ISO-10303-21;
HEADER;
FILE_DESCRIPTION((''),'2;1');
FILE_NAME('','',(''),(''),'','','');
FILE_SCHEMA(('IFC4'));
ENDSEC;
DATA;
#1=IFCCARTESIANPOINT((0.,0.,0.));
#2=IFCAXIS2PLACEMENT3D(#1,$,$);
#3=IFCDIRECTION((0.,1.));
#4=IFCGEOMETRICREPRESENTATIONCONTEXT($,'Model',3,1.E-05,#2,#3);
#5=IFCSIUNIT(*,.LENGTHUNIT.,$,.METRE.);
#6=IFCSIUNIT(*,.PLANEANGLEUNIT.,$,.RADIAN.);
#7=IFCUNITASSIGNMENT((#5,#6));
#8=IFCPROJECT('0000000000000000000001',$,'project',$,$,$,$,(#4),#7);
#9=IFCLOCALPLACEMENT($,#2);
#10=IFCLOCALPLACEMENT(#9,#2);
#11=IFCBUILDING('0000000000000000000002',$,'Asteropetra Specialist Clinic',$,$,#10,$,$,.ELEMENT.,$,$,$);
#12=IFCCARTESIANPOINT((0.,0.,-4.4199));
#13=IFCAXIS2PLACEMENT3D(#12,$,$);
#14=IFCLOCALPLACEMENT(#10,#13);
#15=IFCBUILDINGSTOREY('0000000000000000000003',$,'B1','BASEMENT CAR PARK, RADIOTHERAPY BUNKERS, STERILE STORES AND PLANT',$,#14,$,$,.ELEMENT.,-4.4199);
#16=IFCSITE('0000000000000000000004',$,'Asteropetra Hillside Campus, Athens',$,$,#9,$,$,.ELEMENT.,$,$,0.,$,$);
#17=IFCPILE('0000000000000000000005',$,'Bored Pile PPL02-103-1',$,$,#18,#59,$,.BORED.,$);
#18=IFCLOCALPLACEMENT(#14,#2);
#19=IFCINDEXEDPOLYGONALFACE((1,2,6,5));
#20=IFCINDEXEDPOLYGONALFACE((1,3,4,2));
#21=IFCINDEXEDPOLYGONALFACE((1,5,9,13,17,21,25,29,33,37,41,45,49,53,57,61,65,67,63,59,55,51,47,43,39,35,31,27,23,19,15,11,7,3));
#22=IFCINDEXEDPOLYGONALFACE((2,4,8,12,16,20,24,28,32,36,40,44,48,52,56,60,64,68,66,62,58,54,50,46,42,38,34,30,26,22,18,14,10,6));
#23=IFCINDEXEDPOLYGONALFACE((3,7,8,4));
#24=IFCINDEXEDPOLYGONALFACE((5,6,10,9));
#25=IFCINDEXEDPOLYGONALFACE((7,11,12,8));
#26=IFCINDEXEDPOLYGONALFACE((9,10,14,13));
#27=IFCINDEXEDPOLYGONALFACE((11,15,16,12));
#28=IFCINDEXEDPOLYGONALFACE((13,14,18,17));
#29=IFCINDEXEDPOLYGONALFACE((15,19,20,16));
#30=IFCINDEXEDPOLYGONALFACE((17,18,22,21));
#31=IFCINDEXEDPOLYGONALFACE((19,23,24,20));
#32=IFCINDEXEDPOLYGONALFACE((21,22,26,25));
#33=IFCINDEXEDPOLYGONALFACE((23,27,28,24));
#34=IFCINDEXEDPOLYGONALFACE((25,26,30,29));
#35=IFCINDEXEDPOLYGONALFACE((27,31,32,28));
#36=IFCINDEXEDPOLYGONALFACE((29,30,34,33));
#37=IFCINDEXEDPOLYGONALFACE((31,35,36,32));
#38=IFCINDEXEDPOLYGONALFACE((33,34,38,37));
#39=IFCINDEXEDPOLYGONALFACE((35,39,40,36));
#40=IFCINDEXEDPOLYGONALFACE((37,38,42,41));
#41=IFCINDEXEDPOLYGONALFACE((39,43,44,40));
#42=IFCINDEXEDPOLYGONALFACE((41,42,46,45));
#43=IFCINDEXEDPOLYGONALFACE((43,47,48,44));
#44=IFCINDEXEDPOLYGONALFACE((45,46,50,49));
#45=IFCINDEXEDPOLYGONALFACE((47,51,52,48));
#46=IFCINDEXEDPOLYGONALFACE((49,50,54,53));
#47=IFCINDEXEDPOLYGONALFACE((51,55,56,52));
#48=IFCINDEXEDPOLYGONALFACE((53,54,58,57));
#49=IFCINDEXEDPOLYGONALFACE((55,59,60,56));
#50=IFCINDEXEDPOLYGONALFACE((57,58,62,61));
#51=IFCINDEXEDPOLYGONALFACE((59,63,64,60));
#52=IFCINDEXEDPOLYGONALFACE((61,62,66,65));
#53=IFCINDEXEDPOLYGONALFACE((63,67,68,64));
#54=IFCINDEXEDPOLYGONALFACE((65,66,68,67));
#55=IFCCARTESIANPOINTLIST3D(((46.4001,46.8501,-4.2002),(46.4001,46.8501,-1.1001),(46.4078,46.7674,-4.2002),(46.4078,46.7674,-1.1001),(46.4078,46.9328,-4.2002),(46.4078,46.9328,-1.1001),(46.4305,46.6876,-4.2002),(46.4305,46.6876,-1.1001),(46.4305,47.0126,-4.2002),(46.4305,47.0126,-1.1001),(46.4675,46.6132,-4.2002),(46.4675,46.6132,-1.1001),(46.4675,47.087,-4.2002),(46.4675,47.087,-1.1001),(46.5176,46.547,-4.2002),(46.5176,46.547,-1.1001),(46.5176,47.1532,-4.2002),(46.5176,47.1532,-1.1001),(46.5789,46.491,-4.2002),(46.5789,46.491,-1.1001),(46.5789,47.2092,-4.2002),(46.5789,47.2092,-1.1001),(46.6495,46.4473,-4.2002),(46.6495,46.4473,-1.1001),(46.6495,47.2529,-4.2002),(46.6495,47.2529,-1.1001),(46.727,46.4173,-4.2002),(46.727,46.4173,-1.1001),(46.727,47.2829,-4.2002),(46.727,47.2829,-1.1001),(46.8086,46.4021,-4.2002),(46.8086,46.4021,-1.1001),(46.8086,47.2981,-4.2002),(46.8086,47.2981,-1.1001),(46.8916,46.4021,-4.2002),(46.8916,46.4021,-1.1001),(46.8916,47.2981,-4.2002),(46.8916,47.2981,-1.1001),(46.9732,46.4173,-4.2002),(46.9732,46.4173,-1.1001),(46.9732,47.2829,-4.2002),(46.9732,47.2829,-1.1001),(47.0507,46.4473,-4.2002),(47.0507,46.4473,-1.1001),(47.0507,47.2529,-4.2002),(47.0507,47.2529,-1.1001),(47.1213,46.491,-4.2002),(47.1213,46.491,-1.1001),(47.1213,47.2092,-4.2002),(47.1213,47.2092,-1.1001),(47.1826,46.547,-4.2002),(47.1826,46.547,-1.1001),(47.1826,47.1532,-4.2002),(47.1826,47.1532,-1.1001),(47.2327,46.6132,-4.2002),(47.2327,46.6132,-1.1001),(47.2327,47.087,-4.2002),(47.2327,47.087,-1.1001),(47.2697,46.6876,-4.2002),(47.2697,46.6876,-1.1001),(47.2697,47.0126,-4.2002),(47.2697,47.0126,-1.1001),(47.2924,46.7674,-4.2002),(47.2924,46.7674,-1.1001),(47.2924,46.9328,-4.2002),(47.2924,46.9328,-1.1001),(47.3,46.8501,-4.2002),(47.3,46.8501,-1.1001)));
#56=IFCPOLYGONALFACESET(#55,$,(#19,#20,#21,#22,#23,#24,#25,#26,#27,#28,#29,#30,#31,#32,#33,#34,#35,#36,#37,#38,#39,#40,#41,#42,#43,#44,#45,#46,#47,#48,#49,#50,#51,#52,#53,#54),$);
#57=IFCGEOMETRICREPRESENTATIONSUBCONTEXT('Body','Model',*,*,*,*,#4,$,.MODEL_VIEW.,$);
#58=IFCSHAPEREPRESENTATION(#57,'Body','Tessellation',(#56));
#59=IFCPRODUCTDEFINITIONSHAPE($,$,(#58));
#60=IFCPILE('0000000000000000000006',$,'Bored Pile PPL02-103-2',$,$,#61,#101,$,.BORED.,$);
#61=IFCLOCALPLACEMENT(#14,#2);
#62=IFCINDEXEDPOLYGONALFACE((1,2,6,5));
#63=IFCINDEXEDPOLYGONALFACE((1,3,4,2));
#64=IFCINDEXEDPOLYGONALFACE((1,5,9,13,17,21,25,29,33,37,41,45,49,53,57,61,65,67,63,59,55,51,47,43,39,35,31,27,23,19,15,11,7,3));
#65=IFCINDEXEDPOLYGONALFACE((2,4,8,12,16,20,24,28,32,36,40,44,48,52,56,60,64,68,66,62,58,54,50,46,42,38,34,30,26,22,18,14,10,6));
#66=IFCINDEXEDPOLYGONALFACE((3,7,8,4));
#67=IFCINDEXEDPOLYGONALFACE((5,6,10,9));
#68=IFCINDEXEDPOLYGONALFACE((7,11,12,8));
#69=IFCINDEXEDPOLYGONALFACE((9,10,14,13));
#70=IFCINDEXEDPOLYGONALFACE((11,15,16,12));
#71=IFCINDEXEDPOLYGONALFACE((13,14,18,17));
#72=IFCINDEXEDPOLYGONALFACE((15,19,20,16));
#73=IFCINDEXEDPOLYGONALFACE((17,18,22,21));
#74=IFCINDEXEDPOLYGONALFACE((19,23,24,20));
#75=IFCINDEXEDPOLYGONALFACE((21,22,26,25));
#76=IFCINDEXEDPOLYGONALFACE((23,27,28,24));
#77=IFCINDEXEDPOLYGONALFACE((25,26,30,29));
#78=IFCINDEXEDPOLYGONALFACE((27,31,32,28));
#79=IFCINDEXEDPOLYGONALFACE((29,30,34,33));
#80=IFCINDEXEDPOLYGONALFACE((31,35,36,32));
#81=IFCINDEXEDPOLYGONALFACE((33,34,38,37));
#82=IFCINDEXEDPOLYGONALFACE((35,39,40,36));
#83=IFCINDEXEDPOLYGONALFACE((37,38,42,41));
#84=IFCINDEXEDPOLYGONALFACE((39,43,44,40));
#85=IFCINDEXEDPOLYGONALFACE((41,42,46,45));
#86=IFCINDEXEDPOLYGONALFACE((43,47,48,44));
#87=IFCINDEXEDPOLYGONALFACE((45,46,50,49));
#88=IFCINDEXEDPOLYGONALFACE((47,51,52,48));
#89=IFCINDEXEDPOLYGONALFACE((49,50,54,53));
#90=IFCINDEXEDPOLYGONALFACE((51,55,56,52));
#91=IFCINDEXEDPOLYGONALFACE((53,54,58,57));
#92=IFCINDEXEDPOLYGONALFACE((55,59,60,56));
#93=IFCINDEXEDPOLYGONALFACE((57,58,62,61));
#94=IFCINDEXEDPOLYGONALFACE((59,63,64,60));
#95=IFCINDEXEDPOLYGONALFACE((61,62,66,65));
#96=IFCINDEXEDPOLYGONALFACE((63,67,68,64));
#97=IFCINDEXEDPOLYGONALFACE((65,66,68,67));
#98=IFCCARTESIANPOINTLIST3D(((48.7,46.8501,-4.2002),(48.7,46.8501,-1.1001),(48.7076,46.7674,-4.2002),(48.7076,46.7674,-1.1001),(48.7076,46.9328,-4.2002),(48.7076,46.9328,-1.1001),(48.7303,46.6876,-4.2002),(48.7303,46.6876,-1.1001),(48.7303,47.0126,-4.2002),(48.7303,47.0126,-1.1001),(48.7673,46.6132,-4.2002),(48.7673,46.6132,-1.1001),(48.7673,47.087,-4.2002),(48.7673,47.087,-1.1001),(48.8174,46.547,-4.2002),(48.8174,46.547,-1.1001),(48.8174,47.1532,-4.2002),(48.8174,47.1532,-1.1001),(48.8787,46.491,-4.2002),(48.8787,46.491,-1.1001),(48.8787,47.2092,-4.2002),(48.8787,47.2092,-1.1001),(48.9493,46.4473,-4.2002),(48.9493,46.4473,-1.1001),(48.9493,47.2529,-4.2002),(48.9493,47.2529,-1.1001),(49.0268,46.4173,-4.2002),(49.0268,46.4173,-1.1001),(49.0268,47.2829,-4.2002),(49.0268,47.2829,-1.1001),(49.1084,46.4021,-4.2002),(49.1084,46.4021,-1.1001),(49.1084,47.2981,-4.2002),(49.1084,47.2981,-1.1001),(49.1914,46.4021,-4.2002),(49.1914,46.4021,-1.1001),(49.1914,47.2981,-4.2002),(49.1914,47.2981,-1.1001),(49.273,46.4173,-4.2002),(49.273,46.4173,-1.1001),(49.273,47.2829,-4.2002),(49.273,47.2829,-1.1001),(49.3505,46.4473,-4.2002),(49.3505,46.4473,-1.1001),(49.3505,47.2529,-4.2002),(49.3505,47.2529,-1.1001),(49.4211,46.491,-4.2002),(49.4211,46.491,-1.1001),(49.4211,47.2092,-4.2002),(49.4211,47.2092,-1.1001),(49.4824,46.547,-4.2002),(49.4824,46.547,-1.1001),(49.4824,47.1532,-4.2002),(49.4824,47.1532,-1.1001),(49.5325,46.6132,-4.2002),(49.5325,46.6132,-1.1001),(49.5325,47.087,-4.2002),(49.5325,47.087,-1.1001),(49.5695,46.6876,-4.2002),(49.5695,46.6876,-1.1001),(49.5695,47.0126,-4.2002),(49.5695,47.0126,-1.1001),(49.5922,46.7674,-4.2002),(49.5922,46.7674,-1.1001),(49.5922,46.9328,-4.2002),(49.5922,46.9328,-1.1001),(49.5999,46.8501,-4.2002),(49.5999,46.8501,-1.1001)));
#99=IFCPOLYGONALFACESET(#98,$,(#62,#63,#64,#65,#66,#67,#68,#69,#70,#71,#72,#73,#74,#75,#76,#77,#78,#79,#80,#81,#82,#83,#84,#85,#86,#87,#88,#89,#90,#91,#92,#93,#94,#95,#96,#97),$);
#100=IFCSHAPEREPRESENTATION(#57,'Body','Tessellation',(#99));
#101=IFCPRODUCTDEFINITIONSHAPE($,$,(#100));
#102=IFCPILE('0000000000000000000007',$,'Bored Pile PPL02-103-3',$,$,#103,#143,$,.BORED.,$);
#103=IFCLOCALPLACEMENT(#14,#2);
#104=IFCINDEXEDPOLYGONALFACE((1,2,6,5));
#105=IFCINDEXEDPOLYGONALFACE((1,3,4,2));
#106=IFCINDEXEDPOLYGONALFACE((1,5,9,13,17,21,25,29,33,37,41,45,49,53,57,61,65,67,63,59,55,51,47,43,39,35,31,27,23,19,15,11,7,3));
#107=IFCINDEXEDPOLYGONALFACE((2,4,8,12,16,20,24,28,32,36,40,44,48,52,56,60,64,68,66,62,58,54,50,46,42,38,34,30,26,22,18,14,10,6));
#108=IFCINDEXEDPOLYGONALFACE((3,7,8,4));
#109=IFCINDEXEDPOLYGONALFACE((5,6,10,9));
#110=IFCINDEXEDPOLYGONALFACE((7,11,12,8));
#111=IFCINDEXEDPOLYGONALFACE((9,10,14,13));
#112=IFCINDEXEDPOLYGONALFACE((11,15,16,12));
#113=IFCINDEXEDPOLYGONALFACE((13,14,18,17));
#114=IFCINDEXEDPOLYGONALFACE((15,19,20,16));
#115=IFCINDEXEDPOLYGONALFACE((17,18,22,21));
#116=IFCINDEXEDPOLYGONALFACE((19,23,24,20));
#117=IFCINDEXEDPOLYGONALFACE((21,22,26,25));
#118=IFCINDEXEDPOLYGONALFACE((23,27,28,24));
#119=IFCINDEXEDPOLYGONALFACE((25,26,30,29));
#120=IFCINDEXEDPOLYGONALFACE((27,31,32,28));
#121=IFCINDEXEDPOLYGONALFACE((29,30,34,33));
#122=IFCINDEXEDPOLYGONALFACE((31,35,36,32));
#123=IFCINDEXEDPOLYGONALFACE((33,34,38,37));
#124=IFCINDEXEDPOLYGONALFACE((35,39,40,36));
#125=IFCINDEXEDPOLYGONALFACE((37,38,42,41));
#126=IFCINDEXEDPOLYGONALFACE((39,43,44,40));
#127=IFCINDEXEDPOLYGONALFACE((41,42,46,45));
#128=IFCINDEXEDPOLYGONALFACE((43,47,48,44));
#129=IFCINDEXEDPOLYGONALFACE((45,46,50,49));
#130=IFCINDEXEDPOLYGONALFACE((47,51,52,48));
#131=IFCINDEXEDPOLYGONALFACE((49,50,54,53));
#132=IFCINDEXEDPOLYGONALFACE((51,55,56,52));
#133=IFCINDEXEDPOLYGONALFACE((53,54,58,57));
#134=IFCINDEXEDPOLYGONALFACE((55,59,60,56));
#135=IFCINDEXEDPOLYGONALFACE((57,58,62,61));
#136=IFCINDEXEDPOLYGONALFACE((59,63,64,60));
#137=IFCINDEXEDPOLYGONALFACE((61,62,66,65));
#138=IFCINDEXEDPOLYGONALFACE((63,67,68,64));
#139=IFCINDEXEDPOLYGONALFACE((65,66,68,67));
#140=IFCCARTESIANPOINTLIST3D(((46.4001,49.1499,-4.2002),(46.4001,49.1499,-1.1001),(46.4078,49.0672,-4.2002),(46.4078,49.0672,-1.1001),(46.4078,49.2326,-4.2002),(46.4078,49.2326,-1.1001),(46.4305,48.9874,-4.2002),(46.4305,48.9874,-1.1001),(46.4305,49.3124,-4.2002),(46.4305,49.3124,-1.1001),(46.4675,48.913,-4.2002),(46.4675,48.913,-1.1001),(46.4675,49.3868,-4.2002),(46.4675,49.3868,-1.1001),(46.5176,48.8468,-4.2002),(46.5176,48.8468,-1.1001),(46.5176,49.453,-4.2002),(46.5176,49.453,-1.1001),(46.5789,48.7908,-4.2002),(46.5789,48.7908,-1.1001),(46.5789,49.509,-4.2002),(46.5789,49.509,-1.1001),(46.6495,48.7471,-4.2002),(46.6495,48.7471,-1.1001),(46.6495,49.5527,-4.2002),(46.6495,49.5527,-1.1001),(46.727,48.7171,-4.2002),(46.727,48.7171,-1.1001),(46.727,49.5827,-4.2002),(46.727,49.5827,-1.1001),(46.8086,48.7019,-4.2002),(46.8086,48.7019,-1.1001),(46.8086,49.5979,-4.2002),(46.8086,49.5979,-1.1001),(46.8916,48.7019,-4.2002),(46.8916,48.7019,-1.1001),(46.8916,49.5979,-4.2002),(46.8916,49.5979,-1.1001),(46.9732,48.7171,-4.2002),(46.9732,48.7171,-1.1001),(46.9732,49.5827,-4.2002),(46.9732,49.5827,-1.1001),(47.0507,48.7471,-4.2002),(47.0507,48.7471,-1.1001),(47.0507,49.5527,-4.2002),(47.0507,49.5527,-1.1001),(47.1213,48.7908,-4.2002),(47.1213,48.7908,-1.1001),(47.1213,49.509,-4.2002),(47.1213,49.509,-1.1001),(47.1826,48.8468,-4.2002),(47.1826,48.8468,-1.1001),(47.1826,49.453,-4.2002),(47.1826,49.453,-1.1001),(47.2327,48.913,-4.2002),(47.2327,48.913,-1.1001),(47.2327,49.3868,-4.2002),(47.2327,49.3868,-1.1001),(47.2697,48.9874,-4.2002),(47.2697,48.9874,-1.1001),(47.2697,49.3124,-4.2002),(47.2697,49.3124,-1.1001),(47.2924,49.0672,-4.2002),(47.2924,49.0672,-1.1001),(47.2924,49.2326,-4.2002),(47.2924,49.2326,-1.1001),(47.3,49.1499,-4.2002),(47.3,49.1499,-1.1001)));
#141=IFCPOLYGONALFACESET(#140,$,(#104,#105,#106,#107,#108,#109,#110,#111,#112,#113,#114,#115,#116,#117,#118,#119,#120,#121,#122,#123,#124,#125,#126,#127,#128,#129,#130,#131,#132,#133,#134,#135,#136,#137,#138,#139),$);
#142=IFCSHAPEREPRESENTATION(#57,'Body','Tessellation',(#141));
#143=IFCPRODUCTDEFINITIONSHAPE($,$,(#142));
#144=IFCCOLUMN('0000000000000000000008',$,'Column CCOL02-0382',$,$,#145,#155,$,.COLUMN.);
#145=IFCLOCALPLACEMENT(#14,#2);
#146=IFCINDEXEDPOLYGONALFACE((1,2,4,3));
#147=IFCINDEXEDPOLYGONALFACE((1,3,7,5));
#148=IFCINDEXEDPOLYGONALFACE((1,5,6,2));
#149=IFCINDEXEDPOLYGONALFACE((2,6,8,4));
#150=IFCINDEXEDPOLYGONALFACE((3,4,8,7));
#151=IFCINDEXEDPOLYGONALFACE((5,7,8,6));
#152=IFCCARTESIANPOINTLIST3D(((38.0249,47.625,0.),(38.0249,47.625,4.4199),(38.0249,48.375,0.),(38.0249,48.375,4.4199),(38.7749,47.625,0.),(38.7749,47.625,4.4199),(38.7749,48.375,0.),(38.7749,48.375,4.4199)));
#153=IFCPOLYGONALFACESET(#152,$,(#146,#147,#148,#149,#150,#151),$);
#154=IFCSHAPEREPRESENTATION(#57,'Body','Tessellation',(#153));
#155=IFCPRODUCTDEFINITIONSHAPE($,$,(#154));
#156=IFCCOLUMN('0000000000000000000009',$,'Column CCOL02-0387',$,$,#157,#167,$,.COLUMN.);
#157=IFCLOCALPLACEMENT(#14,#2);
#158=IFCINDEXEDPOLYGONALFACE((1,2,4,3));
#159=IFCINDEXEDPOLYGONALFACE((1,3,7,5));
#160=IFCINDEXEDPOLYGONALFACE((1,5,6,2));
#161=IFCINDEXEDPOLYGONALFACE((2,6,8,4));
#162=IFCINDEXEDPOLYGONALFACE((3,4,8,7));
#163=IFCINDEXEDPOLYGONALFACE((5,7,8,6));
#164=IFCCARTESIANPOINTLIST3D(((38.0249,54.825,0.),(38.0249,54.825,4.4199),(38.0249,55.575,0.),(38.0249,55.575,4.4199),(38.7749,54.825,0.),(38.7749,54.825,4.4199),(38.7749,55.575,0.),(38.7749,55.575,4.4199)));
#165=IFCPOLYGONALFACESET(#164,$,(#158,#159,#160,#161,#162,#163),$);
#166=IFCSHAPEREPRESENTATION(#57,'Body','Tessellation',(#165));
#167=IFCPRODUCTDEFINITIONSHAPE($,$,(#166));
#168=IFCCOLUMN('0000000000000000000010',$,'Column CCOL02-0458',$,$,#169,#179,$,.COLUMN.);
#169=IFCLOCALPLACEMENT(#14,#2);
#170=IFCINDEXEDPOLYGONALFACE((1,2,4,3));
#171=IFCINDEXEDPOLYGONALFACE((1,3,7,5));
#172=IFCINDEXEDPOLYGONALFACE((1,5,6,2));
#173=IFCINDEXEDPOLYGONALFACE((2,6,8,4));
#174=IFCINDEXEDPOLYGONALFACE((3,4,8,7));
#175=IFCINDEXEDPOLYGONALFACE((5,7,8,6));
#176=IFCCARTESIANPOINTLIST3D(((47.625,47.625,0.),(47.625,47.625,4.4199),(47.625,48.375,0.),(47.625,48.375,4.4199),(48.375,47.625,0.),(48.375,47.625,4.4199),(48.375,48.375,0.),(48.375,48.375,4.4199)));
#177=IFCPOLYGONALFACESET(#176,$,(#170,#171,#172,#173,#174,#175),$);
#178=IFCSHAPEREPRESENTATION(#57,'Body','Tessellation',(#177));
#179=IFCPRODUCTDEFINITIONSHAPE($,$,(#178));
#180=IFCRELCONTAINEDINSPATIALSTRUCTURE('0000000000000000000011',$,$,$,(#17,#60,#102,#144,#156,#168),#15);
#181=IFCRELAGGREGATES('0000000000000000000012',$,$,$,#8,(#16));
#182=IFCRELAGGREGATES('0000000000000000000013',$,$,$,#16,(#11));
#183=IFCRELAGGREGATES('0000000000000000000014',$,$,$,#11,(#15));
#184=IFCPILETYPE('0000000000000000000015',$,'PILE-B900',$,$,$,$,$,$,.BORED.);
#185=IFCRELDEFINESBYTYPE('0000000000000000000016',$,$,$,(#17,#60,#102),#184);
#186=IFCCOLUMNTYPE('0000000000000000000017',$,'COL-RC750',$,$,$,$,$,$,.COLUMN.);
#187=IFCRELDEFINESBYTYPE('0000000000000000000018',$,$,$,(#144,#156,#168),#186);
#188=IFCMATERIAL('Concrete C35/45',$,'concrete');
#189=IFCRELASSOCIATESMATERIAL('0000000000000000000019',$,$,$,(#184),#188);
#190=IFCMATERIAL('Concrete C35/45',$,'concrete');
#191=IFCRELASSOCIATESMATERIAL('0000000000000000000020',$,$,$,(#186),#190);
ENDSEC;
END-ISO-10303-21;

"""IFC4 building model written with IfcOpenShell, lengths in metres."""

from ifc_helpers import new_model, si_unit, direction, frame, origin, origin_2d, place, context, subcontext, project, spatial, rectangle, circle, extrude, material, material_profile, profile_set, type_object, element, save


model = new_model("IFC4")

# Units and contexts
model_context = context("Model", 3, precision=1e-05, world=origin(), true_north=direction((0.0, 1.0)))
body_context = subcontext(model_context, "Body", "Model", "MODEL_VIEW")
ifc_project = project(units=[si_unit("LENGTHUNIT", "METRE"), si_unit("PLANEANGLEUNIT", "RADIAN")], contexts=[model_context])

# Site, building, storey
site_placement = place(None, origin())
site = spatial("IfcSite", under=ifc_project, at=site_placement, Name="Asteropetra Hillside Campus, Athens", CompositionType="ELEMENT", RefElevation=0.0)
building_placement = place(site_placement, origin())
building = spatial("IfcBuilding", under=site, at=building_placement, Name="Asteropetra Specialist Clinic", CompositionType="ELEMENT")
storey_placement = place(building_placement, frame((0.0, 0.0, -4.4199)))
storey = spatial("IfcBuildingStorey", under=building, at=storey_placement, Name="B1", Description="BASEMENT CAR PARK, RADIOTHERAPY BUNKERS, STERILE STORES AND PLANT", CompositionType="ELEMENT", Elevation=-4.4199)

# Piles
ifc_material_1 = material(Name="Concrete C35/45", Category="concrete")
ifc_material_profile_1 = material_profile(ifc_material_1, circle(Radius=0.45, at=origin_2d()), Name="PILE D900")
ifc_profile_set_1 = profile_set([ifc_material_profile_1], Name="Concrete C35/45")
pile_type_1 = type_object("IfcPileType", Name="PILE-B900", PredefinedType="BORED", material=ifc_profile_set_1)
for number, where, z_axis, x_axis, name in (
    (1, (46.8501, 46.8501, -1.1001), (0.0, 0.0, -1.0), (1.0, 0.0, 0.0), "Bored Pile PPL02-103-1"),
    (2, (49.1499, 46.8501, -1.1001), (0.0, 0.0, -1.0), (1.0, 0.0, 0.0), "Bored Pile PPL02-103-2"),
    (3, (46.8501, 49.1499, -1.1001), (0.0, 0.0, -1.0), (1.0, 0.0, 0.0), "Bored Pile PPL02-103-3"),
):
    element("IfcPile", number, at=place(storey_placement, frame(where, z_axis=z_axis, x_axis=x_axis)), inside=storey, type_object=pile_type_1, Name=name, PredefinedType="BORED", context=body_context, shape_type="SweptSolid", body=[
        extrude(circle(Radius=0.45, at=origin_2d()), origin(), (0.0, 0.0, 1.0), 3.1001),
    ])

# Columns
ifc_material_2 = material(Name="Concrete C35/45", Category="concrete")
ifc_material_profile_2 = material_profile(ifc_material_2, rectangle(XDim=0.75, YDim=0.75, at=origin_2d()), Name="RC 750x750")
ifc_profile_set_2 = profile_set([ifc_material_profile_2], Name="Concrete C35/45")
column_type = type_object("IfcColumnType", Name="COL-RC750", PredefinedType="COLUMN", material=ifc_profile_set_2)
for number, where, z_axis, x_axis, name in (
    (4, (38.3999, 48.0, 0.0), (0.0, 0.0, 1.0), (1.0, 0.0, 0.0), "Column CCOL02-0382"),
    (5, (38.3999, 55.2, 0.0), (0.0, 0.0, 1.0), (1.0, 0.0, 0.0), "Column CCOL02-0387"),
    (6, (48.0, 48.0, 0.0), (0.0, 0.0, 1.0), (1.0, 0.0, 0.0), "Column CCOL02-0458"),
):
    element("IfcColumn", number, at=place(storey_placement, frame(where, z_axis=z_axis, x_axis=x_axis)), inside=storey, type_object=column_type, Name=name, PredefinedType="COLUMN", context=body_context, shape_type="SweptSolid", body=[
        extrude(rectangle(XDim=0.75, YDim=0.75, at=origin_2d()), origin(), (0.0, 0.0, 1.0), 4.4199),
    ])

save(model, "model.ifc")
